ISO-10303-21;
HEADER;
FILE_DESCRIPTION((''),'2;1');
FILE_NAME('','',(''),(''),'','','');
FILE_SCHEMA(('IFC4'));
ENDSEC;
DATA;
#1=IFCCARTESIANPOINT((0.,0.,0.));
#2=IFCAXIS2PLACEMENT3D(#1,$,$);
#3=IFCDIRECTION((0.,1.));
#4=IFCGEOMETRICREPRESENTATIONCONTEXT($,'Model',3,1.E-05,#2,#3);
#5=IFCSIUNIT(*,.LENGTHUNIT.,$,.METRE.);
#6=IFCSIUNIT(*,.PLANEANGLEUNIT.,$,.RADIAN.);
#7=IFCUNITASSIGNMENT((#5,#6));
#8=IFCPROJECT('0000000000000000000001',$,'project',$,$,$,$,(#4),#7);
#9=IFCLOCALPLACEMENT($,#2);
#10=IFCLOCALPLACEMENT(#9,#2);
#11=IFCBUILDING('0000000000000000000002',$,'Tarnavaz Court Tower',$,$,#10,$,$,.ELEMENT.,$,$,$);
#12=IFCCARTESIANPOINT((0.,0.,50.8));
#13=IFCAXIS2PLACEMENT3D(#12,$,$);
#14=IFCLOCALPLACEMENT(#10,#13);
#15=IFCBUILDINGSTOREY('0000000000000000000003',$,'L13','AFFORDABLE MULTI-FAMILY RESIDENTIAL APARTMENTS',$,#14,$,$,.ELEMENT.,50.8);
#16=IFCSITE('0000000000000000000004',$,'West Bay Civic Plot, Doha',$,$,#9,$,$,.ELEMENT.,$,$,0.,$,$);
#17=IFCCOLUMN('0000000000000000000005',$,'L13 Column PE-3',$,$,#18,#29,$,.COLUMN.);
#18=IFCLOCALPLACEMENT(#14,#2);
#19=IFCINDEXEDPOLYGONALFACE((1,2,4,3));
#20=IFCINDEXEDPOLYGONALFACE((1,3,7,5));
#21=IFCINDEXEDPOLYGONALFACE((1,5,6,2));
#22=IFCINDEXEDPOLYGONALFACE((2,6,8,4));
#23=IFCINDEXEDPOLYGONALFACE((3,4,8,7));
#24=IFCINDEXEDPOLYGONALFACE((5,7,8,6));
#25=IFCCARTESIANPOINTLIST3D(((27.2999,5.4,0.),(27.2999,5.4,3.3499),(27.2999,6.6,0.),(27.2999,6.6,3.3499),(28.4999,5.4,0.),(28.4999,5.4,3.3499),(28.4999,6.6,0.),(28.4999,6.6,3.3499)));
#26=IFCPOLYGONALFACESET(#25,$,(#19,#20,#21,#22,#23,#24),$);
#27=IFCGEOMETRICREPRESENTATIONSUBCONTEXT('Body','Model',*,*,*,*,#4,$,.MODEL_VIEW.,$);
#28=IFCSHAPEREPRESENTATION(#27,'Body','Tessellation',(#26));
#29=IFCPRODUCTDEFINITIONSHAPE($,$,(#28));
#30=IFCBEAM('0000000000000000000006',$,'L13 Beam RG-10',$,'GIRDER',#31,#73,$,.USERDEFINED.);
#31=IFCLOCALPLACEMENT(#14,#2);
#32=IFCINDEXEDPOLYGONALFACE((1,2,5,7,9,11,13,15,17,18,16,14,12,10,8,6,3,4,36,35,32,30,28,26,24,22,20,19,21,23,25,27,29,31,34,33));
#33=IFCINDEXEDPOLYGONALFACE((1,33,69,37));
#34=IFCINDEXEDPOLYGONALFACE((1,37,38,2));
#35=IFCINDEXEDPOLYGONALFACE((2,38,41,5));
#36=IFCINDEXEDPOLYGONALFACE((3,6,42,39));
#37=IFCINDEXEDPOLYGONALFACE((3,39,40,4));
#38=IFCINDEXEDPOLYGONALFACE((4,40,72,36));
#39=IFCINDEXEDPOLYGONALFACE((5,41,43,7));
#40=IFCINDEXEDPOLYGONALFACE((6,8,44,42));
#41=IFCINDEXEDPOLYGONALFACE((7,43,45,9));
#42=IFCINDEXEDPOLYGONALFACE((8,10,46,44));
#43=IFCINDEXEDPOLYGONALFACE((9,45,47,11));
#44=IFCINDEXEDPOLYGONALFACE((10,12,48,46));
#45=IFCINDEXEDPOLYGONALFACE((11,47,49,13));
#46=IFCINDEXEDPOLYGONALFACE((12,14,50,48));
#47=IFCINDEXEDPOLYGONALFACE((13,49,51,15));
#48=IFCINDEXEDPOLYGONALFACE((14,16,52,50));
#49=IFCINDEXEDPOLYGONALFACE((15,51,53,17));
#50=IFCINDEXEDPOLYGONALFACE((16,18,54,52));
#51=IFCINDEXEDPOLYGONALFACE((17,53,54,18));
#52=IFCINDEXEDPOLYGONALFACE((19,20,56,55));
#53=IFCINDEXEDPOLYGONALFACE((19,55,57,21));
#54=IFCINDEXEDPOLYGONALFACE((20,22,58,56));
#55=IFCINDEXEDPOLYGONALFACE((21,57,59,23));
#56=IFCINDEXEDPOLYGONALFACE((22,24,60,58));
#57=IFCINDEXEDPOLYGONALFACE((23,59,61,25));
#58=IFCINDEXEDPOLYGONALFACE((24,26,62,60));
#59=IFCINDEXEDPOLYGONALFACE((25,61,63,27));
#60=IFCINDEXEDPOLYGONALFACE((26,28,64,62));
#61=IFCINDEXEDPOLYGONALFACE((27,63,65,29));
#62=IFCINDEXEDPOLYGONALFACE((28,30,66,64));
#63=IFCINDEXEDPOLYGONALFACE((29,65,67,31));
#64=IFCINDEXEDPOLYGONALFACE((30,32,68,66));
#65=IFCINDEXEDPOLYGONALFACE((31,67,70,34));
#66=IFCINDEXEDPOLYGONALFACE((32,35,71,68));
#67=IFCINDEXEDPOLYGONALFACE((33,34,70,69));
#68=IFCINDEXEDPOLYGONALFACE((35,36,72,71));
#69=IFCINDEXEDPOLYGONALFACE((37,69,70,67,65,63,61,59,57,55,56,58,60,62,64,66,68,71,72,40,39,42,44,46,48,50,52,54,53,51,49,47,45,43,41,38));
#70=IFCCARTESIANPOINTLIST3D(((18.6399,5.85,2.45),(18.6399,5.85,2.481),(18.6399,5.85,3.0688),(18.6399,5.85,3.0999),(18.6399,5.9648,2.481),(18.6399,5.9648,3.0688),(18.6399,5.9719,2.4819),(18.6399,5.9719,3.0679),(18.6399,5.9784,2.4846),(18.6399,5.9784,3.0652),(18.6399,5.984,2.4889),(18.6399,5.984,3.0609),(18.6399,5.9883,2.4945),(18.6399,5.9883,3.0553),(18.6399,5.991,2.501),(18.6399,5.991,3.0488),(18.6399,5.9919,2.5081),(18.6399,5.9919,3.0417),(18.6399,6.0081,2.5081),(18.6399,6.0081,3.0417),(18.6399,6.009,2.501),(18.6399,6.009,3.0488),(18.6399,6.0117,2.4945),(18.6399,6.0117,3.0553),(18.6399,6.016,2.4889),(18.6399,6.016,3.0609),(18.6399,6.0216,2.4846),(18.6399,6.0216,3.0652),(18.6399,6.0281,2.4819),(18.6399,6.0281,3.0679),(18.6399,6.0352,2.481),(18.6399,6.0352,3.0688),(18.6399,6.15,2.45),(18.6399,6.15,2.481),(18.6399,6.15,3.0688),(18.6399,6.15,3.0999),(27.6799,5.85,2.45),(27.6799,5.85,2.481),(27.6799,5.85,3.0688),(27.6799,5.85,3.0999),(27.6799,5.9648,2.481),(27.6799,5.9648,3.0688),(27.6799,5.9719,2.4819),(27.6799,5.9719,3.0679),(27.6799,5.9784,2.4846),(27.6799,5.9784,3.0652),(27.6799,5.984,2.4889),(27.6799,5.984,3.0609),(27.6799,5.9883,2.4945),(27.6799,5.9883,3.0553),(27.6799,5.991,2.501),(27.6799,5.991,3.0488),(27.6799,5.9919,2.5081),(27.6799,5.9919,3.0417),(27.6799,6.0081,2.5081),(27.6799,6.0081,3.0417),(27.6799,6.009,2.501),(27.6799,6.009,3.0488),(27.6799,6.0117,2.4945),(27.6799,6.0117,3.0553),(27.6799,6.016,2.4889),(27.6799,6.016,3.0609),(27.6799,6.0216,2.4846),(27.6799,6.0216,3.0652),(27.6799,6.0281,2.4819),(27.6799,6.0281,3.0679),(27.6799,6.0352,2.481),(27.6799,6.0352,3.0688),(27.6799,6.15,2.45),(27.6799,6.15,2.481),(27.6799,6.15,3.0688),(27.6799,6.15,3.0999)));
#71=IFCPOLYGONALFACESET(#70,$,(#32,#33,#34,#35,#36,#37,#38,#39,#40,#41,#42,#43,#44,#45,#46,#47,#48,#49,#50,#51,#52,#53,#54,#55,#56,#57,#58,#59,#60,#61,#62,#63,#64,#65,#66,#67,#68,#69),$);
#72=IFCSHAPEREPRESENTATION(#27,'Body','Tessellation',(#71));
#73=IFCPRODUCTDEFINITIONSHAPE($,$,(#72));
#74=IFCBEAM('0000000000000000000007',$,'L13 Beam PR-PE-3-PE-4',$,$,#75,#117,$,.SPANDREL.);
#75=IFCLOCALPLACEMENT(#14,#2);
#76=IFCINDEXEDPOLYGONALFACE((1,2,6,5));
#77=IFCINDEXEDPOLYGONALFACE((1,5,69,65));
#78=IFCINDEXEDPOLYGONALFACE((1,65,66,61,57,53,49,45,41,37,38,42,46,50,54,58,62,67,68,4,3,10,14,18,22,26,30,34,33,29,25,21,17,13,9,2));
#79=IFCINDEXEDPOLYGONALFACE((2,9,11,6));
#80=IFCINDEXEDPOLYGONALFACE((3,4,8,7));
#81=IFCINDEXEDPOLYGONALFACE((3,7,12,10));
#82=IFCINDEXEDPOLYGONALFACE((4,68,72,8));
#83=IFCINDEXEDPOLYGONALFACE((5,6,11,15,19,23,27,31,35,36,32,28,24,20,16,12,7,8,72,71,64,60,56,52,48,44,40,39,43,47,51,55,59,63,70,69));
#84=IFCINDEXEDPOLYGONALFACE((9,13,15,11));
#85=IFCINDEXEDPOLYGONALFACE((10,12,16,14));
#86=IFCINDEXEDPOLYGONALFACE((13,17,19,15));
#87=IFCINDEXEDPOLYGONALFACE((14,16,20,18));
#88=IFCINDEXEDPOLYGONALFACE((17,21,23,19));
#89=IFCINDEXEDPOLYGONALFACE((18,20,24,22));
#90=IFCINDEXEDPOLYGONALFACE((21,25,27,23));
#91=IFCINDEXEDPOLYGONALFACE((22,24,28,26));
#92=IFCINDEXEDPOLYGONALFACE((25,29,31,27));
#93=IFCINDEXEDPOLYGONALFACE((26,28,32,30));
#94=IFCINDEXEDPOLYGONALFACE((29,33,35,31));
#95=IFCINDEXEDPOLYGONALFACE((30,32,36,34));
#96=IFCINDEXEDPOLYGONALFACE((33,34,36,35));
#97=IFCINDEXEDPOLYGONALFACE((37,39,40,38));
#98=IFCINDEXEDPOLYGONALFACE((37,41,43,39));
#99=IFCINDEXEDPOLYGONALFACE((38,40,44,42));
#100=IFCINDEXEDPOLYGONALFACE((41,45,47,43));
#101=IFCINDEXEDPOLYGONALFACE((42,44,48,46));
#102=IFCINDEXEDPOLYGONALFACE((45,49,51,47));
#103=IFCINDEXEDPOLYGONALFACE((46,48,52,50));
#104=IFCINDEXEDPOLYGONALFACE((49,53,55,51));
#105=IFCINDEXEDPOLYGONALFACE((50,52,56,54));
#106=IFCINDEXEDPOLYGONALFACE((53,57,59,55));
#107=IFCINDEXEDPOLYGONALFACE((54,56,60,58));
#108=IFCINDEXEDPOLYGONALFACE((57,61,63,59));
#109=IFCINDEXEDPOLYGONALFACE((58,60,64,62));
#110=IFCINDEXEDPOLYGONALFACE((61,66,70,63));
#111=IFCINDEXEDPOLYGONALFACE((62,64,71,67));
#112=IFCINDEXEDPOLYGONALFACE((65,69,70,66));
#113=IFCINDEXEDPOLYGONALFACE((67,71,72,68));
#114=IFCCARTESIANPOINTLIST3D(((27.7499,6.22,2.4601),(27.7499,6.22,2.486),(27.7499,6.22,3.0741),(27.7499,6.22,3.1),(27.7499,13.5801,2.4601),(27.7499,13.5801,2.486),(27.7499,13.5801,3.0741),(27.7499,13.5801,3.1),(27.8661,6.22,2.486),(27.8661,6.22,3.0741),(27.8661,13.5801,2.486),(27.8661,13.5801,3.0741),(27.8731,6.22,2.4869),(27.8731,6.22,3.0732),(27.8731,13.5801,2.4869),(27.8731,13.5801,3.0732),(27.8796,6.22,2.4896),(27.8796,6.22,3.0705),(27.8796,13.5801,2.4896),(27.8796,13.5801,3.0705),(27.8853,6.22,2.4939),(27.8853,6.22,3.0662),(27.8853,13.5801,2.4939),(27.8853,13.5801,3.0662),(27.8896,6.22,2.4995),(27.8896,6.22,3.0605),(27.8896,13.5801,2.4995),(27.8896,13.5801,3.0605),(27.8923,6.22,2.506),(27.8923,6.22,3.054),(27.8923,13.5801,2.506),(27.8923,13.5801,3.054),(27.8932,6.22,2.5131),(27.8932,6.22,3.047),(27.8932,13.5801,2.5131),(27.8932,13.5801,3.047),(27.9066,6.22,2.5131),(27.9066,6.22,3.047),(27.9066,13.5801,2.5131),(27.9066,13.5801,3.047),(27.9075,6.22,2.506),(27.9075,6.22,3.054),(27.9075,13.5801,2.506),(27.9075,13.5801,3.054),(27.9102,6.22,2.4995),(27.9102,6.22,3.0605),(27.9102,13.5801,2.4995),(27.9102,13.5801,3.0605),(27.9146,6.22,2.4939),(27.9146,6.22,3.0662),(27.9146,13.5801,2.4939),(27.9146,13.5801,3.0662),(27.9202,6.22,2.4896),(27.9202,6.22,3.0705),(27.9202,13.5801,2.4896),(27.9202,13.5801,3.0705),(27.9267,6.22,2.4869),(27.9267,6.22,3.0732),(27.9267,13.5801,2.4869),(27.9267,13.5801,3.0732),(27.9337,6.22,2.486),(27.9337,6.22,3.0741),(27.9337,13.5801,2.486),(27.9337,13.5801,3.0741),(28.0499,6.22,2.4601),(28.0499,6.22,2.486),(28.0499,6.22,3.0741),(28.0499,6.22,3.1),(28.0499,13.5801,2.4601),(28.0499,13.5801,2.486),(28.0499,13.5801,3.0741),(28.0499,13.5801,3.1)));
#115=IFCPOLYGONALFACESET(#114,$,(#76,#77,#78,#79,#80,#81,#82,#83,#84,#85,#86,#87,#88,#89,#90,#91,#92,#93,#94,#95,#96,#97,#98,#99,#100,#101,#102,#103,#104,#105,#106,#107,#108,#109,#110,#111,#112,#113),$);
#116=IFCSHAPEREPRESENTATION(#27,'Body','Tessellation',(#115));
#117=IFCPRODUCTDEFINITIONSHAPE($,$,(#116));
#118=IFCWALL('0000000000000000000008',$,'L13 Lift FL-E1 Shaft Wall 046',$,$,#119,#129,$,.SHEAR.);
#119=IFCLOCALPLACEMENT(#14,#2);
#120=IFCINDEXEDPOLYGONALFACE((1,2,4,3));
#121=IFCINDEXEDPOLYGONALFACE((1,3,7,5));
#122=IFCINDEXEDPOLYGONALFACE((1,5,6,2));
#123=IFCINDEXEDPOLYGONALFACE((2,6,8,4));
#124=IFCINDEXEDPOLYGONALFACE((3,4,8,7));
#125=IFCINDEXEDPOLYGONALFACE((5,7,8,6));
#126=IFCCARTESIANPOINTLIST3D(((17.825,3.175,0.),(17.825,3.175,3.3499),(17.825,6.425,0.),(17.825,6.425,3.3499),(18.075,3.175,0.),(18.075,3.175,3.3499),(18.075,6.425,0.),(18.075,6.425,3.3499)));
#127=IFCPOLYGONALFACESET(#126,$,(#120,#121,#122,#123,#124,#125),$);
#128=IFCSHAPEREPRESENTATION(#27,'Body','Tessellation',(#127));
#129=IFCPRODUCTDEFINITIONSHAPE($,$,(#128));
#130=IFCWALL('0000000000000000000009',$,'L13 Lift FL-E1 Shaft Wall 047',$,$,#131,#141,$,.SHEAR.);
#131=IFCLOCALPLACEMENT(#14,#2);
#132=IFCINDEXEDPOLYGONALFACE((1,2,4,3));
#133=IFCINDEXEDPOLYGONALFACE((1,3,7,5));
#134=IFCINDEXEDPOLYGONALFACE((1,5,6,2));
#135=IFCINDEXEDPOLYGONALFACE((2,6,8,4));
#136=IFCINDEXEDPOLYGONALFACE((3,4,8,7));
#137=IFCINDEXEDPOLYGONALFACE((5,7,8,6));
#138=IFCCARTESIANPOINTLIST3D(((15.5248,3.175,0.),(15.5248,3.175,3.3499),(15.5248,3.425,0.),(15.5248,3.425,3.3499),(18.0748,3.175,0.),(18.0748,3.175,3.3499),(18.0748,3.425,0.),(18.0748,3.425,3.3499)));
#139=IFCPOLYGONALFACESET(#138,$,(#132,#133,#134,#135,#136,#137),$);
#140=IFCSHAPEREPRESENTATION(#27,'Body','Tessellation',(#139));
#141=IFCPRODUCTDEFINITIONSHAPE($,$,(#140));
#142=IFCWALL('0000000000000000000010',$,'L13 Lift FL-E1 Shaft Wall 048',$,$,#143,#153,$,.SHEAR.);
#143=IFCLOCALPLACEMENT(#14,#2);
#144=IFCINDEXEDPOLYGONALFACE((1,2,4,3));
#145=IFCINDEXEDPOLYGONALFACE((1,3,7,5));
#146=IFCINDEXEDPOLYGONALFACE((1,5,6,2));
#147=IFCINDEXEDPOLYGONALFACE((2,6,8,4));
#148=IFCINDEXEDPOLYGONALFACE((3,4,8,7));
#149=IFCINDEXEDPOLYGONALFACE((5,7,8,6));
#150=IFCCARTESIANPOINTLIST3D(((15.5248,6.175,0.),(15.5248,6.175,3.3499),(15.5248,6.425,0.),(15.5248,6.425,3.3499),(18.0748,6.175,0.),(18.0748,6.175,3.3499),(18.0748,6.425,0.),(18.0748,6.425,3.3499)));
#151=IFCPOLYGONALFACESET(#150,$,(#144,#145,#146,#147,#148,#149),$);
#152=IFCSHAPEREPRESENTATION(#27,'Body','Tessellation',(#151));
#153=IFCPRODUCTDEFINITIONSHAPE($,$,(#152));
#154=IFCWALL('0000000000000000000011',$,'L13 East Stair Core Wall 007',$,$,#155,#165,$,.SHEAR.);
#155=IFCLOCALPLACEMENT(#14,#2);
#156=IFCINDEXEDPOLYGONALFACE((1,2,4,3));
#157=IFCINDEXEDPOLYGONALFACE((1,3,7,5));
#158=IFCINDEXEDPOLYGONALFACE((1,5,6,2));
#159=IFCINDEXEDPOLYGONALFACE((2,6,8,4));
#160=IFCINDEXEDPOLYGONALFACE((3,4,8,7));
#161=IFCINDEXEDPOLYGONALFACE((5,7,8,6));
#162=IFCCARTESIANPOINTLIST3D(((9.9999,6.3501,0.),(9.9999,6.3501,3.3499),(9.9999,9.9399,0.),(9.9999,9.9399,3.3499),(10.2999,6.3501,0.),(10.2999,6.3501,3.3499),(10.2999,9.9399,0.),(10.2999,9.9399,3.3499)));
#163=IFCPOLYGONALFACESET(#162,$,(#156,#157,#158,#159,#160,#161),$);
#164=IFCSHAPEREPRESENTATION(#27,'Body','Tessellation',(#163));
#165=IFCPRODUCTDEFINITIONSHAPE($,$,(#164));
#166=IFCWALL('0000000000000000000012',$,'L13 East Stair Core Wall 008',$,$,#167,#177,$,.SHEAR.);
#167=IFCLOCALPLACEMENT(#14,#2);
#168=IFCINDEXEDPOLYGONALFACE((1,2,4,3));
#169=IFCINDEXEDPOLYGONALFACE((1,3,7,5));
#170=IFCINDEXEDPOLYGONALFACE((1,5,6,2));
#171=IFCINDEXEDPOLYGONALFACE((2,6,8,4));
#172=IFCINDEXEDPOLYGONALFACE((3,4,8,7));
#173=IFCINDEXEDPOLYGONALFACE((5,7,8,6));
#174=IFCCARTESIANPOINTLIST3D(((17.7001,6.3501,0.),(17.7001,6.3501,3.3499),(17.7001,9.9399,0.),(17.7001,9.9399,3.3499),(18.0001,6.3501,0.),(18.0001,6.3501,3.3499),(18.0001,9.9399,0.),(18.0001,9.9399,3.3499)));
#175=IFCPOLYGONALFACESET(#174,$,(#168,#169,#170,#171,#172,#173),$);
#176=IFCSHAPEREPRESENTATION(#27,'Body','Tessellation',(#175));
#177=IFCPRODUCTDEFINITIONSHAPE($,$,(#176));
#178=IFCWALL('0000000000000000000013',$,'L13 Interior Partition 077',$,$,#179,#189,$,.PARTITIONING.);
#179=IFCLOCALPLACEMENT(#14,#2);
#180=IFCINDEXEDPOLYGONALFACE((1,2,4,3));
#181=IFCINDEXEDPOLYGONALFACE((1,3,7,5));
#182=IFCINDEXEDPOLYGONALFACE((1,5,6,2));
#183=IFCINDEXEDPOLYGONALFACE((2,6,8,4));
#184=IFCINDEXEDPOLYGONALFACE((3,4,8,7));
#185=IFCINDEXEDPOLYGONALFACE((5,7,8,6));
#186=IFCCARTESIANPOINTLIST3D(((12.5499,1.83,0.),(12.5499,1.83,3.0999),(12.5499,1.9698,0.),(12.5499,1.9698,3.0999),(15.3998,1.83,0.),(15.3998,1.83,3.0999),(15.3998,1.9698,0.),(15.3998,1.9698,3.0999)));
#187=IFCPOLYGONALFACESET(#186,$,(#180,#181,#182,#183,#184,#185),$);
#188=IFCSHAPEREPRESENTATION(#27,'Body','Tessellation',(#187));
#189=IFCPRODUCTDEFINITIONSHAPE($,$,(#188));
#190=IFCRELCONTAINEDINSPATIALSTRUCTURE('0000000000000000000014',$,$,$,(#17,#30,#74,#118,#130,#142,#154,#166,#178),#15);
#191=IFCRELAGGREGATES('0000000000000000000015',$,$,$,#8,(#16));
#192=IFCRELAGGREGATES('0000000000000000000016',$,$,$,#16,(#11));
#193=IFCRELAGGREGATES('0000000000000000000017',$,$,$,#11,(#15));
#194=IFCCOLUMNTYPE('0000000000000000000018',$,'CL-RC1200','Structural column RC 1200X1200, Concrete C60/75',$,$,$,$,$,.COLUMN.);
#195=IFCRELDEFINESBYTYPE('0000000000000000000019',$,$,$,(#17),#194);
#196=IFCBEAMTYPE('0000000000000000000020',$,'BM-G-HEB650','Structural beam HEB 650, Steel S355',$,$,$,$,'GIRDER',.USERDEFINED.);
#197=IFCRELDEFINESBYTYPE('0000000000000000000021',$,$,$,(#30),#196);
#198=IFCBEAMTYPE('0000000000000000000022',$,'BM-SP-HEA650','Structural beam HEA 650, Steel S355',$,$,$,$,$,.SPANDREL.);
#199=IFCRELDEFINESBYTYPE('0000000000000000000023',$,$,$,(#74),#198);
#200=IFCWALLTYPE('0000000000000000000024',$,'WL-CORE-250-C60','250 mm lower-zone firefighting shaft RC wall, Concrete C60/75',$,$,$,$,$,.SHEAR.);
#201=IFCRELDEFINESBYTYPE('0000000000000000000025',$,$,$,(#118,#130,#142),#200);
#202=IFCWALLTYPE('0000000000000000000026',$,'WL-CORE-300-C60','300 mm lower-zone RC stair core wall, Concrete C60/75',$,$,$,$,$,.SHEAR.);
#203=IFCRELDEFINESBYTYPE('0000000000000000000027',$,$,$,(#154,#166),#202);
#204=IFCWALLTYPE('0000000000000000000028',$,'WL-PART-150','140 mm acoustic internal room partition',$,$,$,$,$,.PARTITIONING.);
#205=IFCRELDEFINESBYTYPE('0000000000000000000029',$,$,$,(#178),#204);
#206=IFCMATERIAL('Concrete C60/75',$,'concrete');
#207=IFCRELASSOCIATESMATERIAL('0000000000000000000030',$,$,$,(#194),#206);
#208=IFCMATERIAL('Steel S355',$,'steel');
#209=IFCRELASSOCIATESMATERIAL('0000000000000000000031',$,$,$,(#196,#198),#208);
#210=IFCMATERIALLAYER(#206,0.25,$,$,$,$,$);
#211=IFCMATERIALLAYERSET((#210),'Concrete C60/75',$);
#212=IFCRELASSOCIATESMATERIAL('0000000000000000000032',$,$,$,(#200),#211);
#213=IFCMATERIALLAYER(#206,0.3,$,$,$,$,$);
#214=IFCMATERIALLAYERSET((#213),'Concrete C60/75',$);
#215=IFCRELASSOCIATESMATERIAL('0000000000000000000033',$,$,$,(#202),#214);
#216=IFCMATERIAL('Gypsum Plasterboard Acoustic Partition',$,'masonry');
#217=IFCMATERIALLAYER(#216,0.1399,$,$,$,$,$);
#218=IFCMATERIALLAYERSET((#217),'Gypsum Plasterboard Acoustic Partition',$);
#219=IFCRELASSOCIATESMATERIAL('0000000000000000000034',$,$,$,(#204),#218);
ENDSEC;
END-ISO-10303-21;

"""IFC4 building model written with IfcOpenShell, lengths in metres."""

from ifc_helpers import new_model, si_unit, direction, frame, frame_2d, origin, origin_2d, place, context, subcontext, project, spatial, rectangle, i_section, extrude, material, layer, layer_set, material_profile, profile_set, type_object, element, save


model = new_model("IFC4")

# Units and contexts
model_context = context("Model", 3, precision=1e-05, world=origin(), true_north=direction((0.0, 1.0)))
body_context = subcontext(model_context, "Body", "Model", "MODEL_VIEW")
ifc_project = project(units=[si_unit("LENGTHUNIT", "METRE"), si_unit("PLANEANGLEUNIT", "RADIAN")], contexts=[model_context])

# Site, building, storey
site_placement = place(None, origin())
site = spatial("IfcSite", under=ifc_project, at=site_placement, Name="West Bay Civic Plot, Doha", CompositionType="ELEMENT", RefElevation=0.0)
building_placement = place(site_placement, origin())
building = spatial("IfcBuilding", under=site, at=building_placement, Name="Tarnavaz Court Tower", CompositionType="ELEMENT")
storey_placement = place(building_placement, frame((0.0, 0.0, 50.8)))
storey = spatial("IfcBuildingStorey", under=building, at=storey_placement, Name="L13", Description="AFFORDABLE MULTI-FAMILY RESIDENTIAL APARTMENTS", CompositionType="ELEMENT", Elevation=50.8)

# Column
ifc_material_1 = material(Name="Concrete C60/75", Category="concrete")
ifc_material_profile_1 = material_profile(ifc_material_1, rectangle(XDim=1.2, YDim=1.2, at=origin_2d()), Name="RC 1200X1200")
ifc_profile_set_1 = profile_set([ifc_material_profile_1], Name="Concrete C60/75")
column_type = type_object("IfcColumnType", Name="CL-RC1200", Description="Structural column RC 1200X1200, Concrete C60/75", PredefinedType="COLUMN", material=ifc_profile_set_1)
column_placement = place(storey_placement, frame((27.8999, 6.0, 0.0), z_axis=(0.0, 0.0, 1.0), x_axis=(1.0, 0.0, 0.0)))
element("IfcColumn", 1, at=column_placement, inside=storey, type_object=column_type, Name="L13 Column PE-3", PredefinedType="COLUMN", context=body_context, shape_type="SweptSolid", body=[
    extrude(rectangle(XDim=1.2, YDim=1.2, at=origin_2d()), origin(), (0.0, 0.0, 1.0), 3.3499),
])

# Beams
ifc_material_2 = material(Name="Steel S355", Category="steel")
ifc_material_profile_2 = material_profile(ifc_material_2, i_section(OverallWidth=0.3, OverallDepth=0.6499, WebThickness=0.0161, FlangeThickness=0.031, FilletRadius=0.0271, at=origin_2d()), Name="HEB 650")
ifc_profile_set_2 = profile_set([ifc_material_profile_2], Name="Steel S355")
beam_type_1 = type_object("IfcBeamType", Name="BM-G-HEB650", Description="Structural beam HEB 650, Steel S355", ElementType="GIRDER", PredefinedType="USERDEFINED", material=ifc_profile_set_2)
beam_1_placement = place(storey_placement, frame((18.6399, 6.0, 2.7749), z_axis=(1.0, 0.0, 0.0), x_axis=(0.0, 1.0, 0.0)))
element("IfcBeam", 2, at=beam_1_placement, inside=storey, type_object=beam_type_1, Name="L13 Beam RG-10", ObjectType="GIRDER", PredefinedType="USERDEFINED", context=body_context, shape_type="SweptSolid", body=[
    extrude(i_section(OverallWidth=0.3, OverallDepth=0.6499, WebThickness=0.0161, FlangeThickness=0.031, FilletRadius=0.0271, at=origin_2d()), origin(), (0.0, 0.0, 1.0), 9.04),
])
ifc_material_profile_3 = material_profile(ifc_material_2, i_section(OverallWidth=0.3, OverallDepth=0.6399, WebThickness=0.0134, FlangeThickness=0.0259, FilletRadius=0.0271, at=origin_2d()), Name="HEA 650")
ifc_profile_set_3 = profile_set([ifc_material_profile_3], Name="Steel S355")
beam_type_2 = type_object("IfcBeamType", Name="BM-SP-HEA650", Description="Structural beam HEA 650, Steel S355", PredefinedType="SPANDREL", material=ifc_profile_set_3)
beam_2_placement = place(storey_placement, frame((27.8999, 6.22, 2.78), z_axis=(0.0, 1.0, 0.0), x_axis=(-1.0, 0.0, 0.0)))
element("IfcBeam", 3, at=beam_2_placement, inside=storey, type_object=beam_type_2, Name="L13 Beam PR-PE-3-PE-4", PredefinedType="SPANDREL", context=body_context, shape_type="SweptSolid", body=[
    extrude(i_section(OverallWidth=0.3, OverallDepth=0.6399, WebThickness=0.0134, FlangeThickness=0.0259, FilletRadius=0.0271, at=origin_2d()), origin(), (0.0, 0.0, 1.0), 7.3601),
])

# Shared definitions
ifc_layer_1 = layer(ifc_material_1, 0.25)
ifc_layer_set_1 = layer_set([ifc_layer_1], Name="Concrete C60/75")
wall_type_1 = type_object("IfcWallType", Name="WL-CORE-250-C60", Description="250 mm lower-zone firefighting shaft RC wall, Concrete C60/75", PredefinedType="SHEAR", material=ifc_layer_set_1)

# Walls
wall_1_placement = place(storey_placement, frame((17.95, 3.175, 0.0), z_axis=(0.0, 0.0, 1.0), x_axis=(0.0, 1.0, 0.0)))
element("IfcWall", 4, at=wall_1_placement, inside=storey, type_object=wall_type_1, Name="L13 Lift FL-E1 Shaft Wall 046", PredefinedType="SHEAR", context=body_context, shape_type="SweptSolid", body=[
    extrude(rectangle(XDim=3.25, YDim=0.25, at=frame_2d((1.625, 0.0))), origin(), (0.0, 0.0, 1.0), 3.3499),
])
for number, where, z_axis, x_axis, name in (
    (5, (15.5249, 3.3, 0.0), (0.0, 0.0, 1.0), (1.0, 0.0, 0.0), "L13 Lift FL-E1 Shaft Wall 047"),
    (6, (15.5249, 6.3, 0.0), (0.0, 0.0, 1.0), (1.0, 0.0, 0.0), "L13 Lift FL-E1 Shaft Wall 048"),
):
    element("IfcWall", number, at=place(storey_placement, frame(where, z_axis=z_axis, x_axis=x_axis)), inside=storey, type_object=wall_type_1, Name=name, PredefinedType="SHEAR", context=body_context, shape_type="SweptSolid", body=[
        extrude(rectangle(XDim=2.55, YDim=0.25, at=frame_2d((1.2749, 0.0))), origin(), (0.0, 0.0, 1.0), 3.3499),
    ])
ifc_layer_2 = layer(ifc_material_1, 0.3)
ifc_layer_set_2 = layer_set([ifc_layer_2], Name="Concrete C60/75")
wall_type_2 = type_object("IfcWallType", Name="WL-CORE-300-C60", Description="300 mm lower-zone RC stair core wall, Concrete C60/75", PredefinedType="SHEAR", material=ifc_layer_set_2)
for number, where, z_axis, x_axis, name in (
    (7, (10.1499, 6.3501, 0.0), (0.0, 0.0, 1.0), (0.0, 1.0, 0.0), "L13 East Stair Core Wall 007"),
    (8, (17.8501, 6.3501, 0.0), (0.0, 0.0, 1.0), (0.0, 1.0, 0.0), "L13 East Stair Core Wall 008"),
):
    element("IfcWall", number, at=place(storey_placement, frame(where, z_axis=z_axis, x_axis=x_axis)), inside=storey, type_object=wall_type_2, Name=name, PredefinedType="SHEAR", context=body_context, shape_type="SweptSolid", body=[
        extrude(rectangle(XDim=3.5898, YDim=0.3, at=frame_2d((1.7949, 0.0))), origin(), (0.0, 0.0, 1.0), 3.3499),
    ])

# Wall
ifc_material_3 = material(Name="Gypsum Plasterboard Acoustic Partition", Category="masonry")
ifc_layer_3 = layer(ifc_material_3, 0.1399)
ifc_layer_set_3 = layer_set([ifc_layer_3], Name="Gypsum Plasterboard Acoustic Partition")
wall_type_3 = type_object("IfcWallType", Name="WL-PART-150", Description="140 mm acoustic internal room partition", PredefinedType="PARTITIONING", material=ifc_layer_set_3)
wall_2_placement = place(storey_placement, frame((12.55, 1.8999, 0.0), z_axis=(0.0, 0.0, 1.0), x_axis=(1.0, 0.0, 0.0)))
element("IfcWall", 9, at=wall_2_placement, inside=storey, type_object=wall_type_3, Name="L13 Interior Partition 077", PredefinedType="PARTITIONING", context=body_context, shape_type="SweptSolid", body=[
    extrude(rectangle(XDim=2.8499, YDim=0.1399, at=frame_2d((1.4248, 0.0))), origin(), (0.0, 0.0, 1.0), 3.0999),
])

save(model, "model.ifc")
